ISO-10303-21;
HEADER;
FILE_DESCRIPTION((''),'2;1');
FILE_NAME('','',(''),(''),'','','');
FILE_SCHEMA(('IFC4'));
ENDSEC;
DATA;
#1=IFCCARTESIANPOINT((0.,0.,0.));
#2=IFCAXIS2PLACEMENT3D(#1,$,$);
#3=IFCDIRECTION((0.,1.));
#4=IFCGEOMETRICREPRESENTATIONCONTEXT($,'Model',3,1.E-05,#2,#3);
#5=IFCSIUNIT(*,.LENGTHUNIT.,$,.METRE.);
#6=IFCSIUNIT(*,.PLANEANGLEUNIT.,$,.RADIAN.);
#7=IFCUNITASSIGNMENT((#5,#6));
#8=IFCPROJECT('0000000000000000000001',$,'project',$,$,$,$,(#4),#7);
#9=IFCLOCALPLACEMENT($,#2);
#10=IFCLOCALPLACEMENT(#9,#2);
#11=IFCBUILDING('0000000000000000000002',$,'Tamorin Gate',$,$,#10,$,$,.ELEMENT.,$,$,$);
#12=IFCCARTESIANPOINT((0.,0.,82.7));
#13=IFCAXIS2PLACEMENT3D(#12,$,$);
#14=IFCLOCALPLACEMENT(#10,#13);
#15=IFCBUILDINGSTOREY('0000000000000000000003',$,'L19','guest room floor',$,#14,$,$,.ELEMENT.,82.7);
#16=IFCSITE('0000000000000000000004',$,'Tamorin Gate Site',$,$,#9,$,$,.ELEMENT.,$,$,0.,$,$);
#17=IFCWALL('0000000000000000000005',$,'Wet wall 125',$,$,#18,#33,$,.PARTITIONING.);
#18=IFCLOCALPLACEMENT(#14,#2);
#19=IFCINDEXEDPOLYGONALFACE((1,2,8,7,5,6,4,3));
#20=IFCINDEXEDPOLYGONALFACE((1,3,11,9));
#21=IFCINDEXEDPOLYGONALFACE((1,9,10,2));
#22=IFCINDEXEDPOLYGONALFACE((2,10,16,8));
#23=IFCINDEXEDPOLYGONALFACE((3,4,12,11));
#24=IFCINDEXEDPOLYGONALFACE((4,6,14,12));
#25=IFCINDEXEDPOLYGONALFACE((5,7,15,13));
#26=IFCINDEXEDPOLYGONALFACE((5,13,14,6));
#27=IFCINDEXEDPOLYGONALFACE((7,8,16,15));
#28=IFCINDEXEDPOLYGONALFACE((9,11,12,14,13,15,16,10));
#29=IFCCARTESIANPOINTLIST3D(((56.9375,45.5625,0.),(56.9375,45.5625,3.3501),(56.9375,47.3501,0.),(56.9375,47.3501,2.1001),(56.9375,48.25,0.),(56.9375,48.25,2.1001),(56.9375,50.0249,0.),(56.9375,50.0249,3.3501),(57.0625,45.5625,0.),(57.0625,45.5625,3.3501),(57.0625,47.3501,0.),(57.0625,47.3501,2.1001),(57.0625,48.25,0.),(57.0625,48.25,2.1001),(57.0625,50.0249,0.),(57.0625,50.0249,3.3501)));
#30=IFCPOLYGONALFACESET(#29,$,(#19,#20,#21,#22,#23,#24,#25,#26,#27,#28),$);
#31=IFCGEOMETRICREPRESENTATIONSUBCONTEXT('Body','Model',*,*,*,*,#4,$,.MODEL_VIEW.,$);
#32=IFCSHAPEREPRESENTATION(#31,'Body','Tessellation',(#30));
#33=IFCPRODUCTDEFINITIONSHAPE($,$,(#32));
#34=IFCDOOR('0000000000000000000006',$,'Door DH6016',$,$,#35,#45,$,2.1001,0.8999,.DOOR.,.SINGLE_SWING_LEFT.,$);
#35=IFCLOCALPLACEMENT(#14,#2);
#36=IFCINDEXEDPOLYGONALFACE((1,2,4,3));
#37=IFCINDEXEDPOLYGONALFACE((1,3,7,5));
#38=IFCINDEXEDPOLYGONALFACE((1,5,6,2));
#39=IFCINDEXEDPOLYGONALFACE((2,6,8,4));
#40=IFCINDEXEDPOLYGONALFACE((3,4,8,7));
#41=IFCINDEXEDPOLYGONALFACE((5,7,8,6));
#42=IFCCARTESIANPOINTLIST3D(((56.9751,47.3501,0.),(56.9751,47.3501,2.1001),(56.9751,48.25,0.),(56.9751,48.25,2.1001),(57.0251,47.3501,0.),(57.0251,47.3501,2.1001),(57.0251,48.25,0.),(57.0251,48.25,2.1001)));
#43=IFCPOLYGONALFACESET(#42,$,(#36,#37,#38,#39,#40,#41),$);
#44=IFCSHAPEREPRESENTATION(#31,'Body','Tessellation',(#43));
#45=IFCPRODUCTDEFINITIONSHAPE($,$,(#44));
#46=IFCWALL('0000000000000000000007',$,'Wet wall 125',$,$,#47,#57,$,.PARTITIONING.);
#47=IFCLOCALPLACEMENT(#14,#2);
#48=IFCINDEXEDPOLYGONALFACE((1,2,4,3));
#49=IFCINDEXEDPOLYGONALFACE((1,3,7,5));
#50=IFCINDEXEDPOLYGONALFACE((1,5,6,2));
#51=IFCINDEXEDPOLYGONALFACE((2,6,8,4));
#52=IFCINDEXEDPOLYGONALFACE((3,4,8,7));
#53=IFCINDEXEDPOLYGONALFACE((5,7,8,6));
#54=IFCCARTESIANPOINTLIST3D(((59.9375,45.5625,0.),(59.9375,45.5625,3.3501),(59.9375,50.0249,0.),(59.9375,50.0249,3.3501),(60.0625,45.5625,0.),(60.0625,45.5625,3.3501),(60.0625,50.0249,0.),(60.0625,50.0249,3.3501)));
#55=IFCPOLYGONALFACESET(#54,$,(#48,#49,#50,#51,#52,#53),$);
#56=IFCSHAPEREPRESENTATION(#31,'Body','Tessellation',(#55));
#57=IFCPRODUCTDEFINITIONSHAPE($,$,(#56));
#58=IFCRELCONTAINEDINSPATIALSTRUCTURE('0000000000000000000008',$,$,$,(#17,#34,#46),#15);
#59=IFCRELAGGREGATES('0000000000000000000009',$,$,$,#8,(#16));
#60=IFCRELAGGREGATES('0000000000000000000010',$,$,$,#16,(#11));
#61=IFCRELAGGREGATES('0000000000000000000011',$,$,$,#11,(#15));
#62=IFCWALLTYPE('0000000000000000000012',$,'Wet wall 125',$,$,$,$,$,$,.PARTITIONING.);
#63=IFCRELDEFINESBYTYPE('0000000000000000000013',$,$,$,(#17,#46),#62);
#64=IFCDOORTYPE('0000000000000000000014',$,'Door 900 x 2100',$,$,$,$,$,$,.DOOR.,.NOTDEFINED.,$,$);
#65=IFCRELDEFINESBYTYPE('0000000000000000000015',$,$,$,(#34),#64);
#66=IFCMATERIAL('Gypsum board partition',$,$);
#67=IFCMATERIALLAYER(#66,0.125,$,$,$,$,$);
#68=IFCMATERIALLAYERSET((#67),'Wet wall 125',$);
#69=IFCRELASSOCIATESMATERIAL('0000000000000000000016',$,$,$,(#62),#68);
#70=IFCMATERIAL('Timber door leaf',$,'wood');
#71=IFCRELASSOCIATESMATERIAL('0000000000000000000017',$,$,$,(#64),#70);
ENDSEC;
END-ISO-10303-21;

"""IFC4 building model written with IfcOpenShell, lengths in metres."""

from ifc_helpers import new_model, si_unit, direction, frame, frame_2d, origin, place, context, subcontext, project, spatial, rectangle, extrude, material, layer, layer_set, type_object, element, fill, save


model = new_model("IFC4")

# Units and contexts
model_context = context("Model", 3, precision=1e-05, world=origin(), true_north=direction((0.0, 1.0)))
body_context = subcontext(model_context, "Body", "Model", "MODEL_VIEW")
ifc_project = project(units=[si_unit("LENGTHUNIT", "METRE"), si_unit("PLANEANGLEUNIT", "RADIAN")], contexts=[model_context])

# Site, building, storey
site_placement = place(None, origin())
site = spatial("IfcSite", under=ifc_project, at=site_placement, Name="Tamorin Gate Site", CompositionType="ELEMENT", RefElevation=0.0)
building_placement = place(site_placement, origin())
building = spatial("IfcBuilding", under=site, at=building_placement, Name="Tamorin Gate", CompositionType="ELEMENT")
storey_placement = place(building_placement, frame((0.0, 0.0, 82.7)))
storey = spatial("IfcBuildingStorey", under=building, at=storey_placement, Name="L19", Description="guest room floor", CompositionType="ELEMENT", Elevation=82.7)

# Shared definitions
ifc_material_1 = material(Name="Gypsum board partition")
ifc_material_2 = material(Name="Timber door leaf", Category="wood")

# Wall, opening, door
ifc_layer_1 = layer(ifc_material_1, 0.125)
ifc_layer_set_1 = layer_set([ifc_layer_1], Name="Wet wall 125")
wall_type_1 = type_object("IfcWallType", Name="Wet wall 125", PredefinedType="PARTITIONING", material=ifc_layer_set_1)
wall_1_placement = place(storey_placement, frame((57.0, 45.5625, 0.0), z_axis=(0.0, 0.0, 1.0), x_axis=(0.0, 1.0, 0.0)))
wall_1 = element("IfcWall", 1, at=wall_1_placement, inside=storey, type_object=wall_type_1, Name="Wet wall 125", PredefinedType="PARTITIONING", context=body_context, shape_type="SweptSolid", body=[
    extrude(rectangle(XDim=4.4624, YDim=0.125, at=frame_2d((2.2312, 0.0))), origin(), (0.0, 0.0, 1.0), 3.3501),
])
opening_1_placement = place(wall_1_placement, frame((1.7876, 0.0, 0.0)))
opening_1 = element("IfcOpeningElement", 2, at=opening_1_placement, cuts=wall_1, PredefinedType="OPENING", context=body_context, shape_type="SweptSolid", body=[
    extrude(rectangle(XDim=0.8999, YDim=2.1001, at=frame_2d((0.45, 1.05))), frame((0.0, 0.0725, 0.0), z_axis=(0.0, -1.0, 0.0), x_axis=(1.0, 0.0, 0.0)), (0.0, 0.0, 1.0), 0.145),
])
door_type_1 = type_object("IfcDoorType", Name="Door 900 x 2100", OperationType="NOTDEFINED", PredefinedType="DOOR", material=ifc_material_2)
door_1_placement = place(opening_1_placement, origin())
door_1 = element("IfcDoor", 3, at=door_1_placement, inside=storey, type_object=door_type_1, Name="Door DH6016", OperationType="SINGLE_SWING_LEFT", OverallHeight=2.1001, OverallWidth=0.8999, PredefinedType="DOOR", context=body_context, shape_type="SweptSolid", body=[
    extrude(rectangle(XDim=0.8999, YDim=2.1001, at=frame_2d((0.45, 1.05))), frame((0.0, 0.0249, 0.0), z_axis=(0.0, -1.0, 0.0), x_axis=(1.0, 0.0, 0.0)), (0.0, 0.0, 1.0), 0.05),
])
fill(opening_1, door_1)

# Wall
wall_2_placement = place(storey_placement, frame((60.0, 45.5625, 0.0), z_axis=(0.0, 0.0, 1.0), x_axis=(0.0, 1.0, 0.0)))
element("IfcWall", 4, at=wall_2_placement, inside=storey, type_object=wall_type_1, Name="Wet wall 125", PredefinedType="PARTITIONING", context=body_context, shape_type="SweptSolid", body=[
    extrude(rectangle(XDim=4.4624, YDim=0.125, at=frame_2d((2.2312, 0.0))), origin(), (0.0, 0.0, 1.0), 3.3501),
])

save(model, "model.ifc")
